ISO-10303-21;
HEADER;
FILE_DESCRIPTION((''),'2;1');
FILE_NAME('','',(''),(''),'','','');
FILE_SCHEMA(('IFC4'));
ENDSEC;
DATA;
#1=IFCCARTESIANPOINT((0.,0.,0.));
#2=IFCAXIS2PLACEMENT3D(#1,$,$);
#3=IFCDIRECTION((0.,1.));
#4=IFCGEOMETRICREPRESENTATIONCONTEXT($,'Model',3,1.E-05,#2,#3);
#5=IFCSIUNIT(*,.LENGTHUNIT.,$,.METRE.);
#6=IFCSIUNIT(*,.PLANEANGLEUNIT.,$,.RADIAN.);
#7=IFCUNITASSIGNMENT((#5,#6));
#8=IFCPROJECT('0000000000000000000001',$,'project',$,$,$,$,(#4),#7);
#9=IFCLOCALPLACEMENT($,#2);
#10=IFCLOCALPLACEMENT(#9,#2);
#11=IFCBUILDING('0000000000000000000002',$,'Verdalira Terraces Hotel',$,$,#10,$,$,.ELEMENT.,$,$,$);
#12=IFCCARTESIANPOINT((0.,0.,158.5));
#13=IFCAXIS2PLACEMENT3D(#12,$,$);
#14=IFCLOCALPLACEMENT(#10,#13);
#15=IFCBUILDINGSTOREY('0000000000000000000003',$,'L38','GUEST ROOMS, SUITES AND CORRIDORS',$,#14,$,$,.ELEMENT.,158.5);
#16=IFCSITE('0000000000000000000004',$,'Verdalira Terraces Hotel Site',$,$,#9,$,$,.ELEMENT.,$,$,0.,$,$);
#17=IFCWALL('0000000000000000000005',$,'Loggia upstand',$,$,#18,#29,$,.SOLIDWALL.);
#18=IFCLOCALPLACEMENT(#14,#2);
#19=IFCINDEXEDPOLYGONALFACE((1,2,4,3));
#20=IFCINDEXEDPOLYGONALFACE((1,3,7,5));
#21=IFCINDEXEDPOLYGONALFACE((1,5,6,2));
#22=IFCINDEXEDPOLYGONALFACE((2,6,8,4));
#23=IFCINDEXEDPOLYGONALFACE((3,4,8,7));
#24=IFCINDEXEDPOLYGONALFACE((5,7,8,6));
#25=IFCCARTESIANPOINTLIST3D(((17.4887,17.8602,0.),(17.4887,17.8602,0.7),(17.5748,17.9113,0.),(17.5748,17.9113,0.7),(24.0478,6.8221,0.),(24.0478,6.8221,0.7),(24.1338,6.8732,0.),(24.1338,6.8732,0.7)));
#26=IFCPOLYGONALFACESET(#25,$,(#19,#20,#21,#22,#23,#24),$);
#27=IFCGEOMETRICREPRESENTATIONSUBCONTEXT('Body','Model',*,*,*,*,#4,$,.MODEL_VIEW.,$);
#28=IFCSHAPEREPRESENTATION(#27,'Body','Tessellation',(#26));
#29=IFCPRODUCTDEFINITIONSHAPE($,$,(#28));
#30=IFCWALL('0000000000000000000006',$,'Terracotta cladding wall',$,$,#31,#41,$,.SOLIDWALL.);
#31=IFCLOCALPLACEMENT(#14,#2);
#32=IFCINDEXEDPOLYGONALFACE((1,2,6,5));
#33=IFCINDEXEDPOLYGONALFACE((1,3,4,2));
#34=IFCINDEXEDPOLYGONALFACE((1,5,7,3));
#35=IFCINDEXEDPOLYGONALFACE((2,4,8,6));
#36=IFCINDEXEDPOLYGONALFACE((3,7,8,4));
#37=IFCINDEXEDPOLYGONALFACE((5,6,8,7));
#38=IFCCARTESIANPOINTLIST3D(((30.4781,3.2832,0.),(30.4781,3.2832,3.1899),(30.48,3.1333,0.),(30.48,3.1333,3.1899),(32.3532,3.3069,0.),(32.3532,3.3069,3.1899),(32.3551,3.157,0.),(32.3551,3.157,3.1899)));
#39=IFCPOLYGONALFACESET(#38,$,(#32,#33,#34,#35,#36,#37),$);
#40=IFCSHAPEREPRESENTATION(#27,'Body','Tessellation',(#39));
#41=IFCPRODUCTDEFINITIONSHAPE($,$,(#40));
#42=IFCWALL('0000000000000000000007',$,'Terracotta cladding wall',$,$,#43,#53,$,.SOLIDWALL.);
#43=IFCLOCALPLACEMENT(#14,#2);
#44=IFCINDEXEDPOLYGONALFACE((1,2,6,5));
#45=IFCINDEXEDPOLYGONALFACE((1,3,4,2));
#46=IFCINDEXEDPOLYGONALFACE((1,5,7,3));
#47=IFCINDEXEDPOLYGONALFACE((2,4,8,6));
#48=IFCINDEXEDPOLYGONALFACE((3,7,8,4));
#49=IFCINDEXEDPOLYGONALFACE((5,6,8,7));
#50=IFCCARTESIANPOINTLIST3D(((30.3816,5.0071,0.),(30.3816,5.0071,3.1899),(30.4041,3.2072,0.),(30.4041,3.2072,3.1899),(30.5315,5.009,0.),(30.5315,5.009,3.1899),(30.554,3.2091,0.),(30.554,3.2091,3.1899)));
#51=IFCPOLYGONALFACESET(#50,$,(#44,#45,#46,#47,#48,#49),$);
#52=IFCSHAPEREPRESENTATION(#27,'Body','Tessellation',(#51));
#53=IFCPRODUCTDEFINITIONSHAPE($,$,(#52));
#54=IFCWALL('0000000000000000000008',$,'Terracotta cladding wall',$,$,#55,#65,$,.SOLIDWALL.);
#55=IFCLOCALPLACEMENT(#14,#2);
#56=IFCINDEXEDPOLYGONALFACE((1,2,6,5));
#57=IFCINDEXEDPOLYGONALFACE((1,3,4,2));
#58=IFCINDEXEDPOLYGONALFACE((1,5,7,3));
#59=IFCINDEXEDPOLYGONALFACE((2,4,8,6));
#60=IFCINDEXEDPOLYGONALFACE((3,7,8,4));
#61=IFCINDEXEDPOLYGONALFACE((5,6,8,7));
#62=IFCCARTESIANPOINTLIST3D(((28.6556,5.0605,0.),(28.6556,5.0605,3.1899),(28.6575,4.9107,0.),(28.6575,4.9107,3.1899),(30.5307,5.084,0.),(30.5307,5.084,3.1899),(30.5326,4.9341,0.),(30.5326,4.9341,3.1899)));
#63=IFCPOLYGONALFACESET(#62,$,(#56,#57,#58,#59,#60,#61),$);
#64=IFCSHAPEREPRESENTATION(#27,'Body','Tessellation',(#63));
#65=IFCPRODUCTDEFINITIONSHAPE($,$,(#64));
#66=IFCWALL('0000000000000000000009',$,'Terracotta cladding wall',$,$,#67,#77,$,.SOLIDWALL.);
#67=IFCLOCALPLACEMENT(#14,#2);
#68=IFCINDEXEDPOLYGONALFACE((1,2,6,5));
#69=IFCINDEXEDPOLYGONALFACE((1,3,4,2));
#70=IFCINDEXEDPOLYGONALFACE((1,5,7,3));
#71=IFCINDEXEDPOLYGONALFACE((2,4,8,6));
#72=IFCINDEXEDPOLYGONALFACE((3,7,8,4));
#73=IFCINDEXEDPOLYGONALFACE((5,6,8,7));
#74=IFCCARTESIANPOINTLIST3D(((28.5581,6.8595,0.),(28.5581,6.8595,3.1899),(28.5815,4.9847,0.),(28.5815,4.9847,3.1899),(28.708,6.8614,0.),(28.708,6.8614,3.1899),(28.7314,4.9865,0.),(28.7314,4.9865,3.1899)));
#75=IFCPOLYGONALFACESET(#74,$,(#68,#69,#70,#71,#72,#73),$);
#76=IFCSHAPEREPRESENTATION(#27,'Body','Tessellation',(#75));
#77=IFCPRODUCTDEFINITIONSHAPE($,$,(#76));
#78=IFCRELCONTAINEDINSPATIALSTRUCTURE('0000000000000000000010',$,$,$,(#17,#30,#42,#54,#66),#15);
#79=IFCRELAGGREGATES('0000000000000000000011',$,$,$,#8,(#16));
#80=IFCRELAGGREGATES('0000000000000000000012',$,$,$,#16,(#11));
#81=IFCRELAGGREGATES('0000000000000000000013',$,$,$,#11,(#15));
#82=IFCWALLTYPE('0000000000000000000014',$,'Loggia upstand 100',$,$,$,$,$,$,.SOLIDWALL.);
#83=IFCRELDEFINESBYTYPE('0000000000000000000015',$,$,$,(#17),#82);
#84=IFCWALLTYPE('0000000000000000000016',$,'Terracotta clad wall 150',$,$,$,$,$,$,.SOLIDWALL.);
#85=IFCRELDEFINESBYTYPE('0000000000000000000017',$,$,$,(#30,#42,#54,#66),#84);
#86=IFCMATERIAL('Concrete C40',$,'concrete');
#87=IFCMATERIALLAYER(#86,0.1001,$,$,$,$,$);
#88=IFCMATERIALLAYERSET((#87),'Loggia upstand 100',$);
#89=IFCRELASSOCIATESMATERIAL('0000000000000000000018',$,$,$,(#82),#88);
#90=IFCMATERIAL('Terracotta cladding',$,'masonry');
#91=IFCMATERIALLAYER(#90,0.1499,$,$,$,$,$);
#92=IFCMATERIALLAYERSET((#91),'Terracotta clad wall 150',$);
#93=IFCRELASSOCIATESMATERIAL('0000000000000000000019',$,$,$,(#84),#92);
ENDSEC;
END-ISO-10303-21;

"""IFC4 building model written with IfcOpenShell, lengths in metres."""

from ifc_helpers import new_model, si_unit, direction, frame, frame_2d, origin, place, context, subcontext, project, spatial, rectangle, extrude, material, layer, layer_set, type_object, element, save


model = new_model("IFC4")

# Units and contexts
model_context = context("Model", 3, precision=1e-05, world=origin(), true_north=direction((0.0, 1.0)))
body_context = subcontext(model_context, "Body", "Model", "MODEL_VIEW")
ifc_project = project(units=[si_unit("LENGTHUNIT", "METRE"), si_unit("PLANEANGLEUNIT", "RADIAN")], contexts=[model_context])

# Site, building, storey
site_placement = place(None, origin())
site = spatial("IfcSite", under=ifc_project, at=site_placement, Name="Verdalira Terraces Hotel Site", CompositionType="ELEMENT", RefElevation=0.0)
building_placement = place(site_placement, origin())
building = spatial("IfcBuilding", under=site, at=building_placement, Name="Verdalira Terraces Hotel", CompositionType="ELEMENT")
storey_placement = place(building_placement, frame((0.0, 0.0, 158.5)))
storey = spatial("IfcBuildingStorey", under=building, at=storey_placement, Name="L38", Description="GUEST ROOMS, SUITES AND CORRIDORS", CompositionType="ELEMENT", Elevation=158.5)

# Walls
ifc_material_1 = material(Name="Concrete C40", Category="concrete")
ifc_layer_1 = layer(ifc_material_1, 0.1001)
ifc_layer_set_1 = layer_set([ifc_layer_1], Name="Loggia upstand 100")
wall_type_1 = type_object("IfcWallType", Name="Loggia upstand 100", PredefinedType="SOLIDWALL", material=ifc_layer_set_1)
wall_1_placement = place(storey_placement, frame((24.0908, 6.8477, 0.0), z_axis=(0.0, 0.0, 1.0), x_axis=(-0.510839, 0.859676, 0.0)))
element("IfcWall", 1, at=wall_1_placement, inside=storey, type_object=wall_type_1, Name="Loggia upstand", PredefinedType="SOLIDWALL", context=body_context, shape_type="SweptSolid", body=[
    extrude(rectangle(XDim=12.8398, YDim=0.1001, at=frame_2d((6.4199, 0.0))), origin(), (0.0, 0.0, 1.0), 0.7),
])
ifc_material_2 = material(Name="Terracotta cladding", Category="masonry")
ifc_layer_2 = layer(ifc_material_2, 0.1499)
ifc_layer_set_2 = layer_set([ifc_layer_2], Name="Terracotta clad wall 150")
wall_type_2 = type_object("IfcWallType", Name="Terracotta clad wall 150", PredefinedType="SOLIDWALL", material=ifc_layer_set_2)
wall_2_placement = place(storey_placement, frame((32.354, 3.2319, 0.0), z_axis=(0.0, 0.0, 1.0), x_axis=(-0.99992, -0.012629, 0.0)))
element("IfcWall", 2, at=wall_2_placement, inside=storey, type_object=wall_type_2, Name="Terracotta cladding wall", PredefinedType="SOLIDWALL", context=body_context, shape_type="SweptSolid", body=[
    extrude(rectangle(XDim=1.8752, YDim=0.1499, at=frame_2d((0.9375, 0.0))), origin(), (0.0, 0.0, 1.0), 3.1899),
])
wall_3_placement = place(storey_placement, frame((30.479, 3.2083, 0.0), z_axis=(0.0, 0.0, 1.0), x_axis=(-0.012479, 0.999922, 0.0)))
element("IfcWall", 3, at=wall_3_placement, inside=storey, type_object=wall_type_2, Name="Terracotta cladding wall", PredefinedType="SOLIDWALL", context=body_context, shape_type="SweptSolid", body=[
    extrude(rectangle(XDim=1.8, YDim=0.1499, at=frame_2d((0.8999, 0.0))), origin(), (0.0, 0.0, 1.0), 3.1899),
])
wall_4_placement = place(storey_placement, frame((30.5315, 5.009, 0.0), z_axis=(0.0, 0.0, 1.0), x_axis=(-0.999922, -0.012499, 0.0)))
element("IfcWall", 4, at=wall_4_placement, inside=storey, type_object=wall_type_2, Name="Terracotta cladding wall", PredefinedType="SOLIDWALL", context=body_context, shape_type="SweptSolid", body=[
    extrude(rectangle(XDim=1.8752, YDim=0.1499, at=frame_2d((0.9375, 0.0))), origin(), (0.0, 0.0, 1.0), 3.1899),
])
wall_5_placement = place(storey_placement, frame((28.6565, 4.9856, 0.0), z_axis=(0.0, 0.0, 1.0), x_axis=(-0.012501, 0.999922, 0.0)))
element("IfcWall", 5, at=wall_5_placement, inside=storey, type_object=wall_type_2, Name="Terracotta cladding wall", PredefinedType="SOLIDWALL", context=body_context, shape_type="SweptSolid", body=[
    extrude(rectangle(XDim=1.875, YDim=0.1499, at=frame_2d((0.9375, 0.0))), origin(), (0.0, 0.0, 1.0), 3.1899),
])

save(model, "model.ifc")
